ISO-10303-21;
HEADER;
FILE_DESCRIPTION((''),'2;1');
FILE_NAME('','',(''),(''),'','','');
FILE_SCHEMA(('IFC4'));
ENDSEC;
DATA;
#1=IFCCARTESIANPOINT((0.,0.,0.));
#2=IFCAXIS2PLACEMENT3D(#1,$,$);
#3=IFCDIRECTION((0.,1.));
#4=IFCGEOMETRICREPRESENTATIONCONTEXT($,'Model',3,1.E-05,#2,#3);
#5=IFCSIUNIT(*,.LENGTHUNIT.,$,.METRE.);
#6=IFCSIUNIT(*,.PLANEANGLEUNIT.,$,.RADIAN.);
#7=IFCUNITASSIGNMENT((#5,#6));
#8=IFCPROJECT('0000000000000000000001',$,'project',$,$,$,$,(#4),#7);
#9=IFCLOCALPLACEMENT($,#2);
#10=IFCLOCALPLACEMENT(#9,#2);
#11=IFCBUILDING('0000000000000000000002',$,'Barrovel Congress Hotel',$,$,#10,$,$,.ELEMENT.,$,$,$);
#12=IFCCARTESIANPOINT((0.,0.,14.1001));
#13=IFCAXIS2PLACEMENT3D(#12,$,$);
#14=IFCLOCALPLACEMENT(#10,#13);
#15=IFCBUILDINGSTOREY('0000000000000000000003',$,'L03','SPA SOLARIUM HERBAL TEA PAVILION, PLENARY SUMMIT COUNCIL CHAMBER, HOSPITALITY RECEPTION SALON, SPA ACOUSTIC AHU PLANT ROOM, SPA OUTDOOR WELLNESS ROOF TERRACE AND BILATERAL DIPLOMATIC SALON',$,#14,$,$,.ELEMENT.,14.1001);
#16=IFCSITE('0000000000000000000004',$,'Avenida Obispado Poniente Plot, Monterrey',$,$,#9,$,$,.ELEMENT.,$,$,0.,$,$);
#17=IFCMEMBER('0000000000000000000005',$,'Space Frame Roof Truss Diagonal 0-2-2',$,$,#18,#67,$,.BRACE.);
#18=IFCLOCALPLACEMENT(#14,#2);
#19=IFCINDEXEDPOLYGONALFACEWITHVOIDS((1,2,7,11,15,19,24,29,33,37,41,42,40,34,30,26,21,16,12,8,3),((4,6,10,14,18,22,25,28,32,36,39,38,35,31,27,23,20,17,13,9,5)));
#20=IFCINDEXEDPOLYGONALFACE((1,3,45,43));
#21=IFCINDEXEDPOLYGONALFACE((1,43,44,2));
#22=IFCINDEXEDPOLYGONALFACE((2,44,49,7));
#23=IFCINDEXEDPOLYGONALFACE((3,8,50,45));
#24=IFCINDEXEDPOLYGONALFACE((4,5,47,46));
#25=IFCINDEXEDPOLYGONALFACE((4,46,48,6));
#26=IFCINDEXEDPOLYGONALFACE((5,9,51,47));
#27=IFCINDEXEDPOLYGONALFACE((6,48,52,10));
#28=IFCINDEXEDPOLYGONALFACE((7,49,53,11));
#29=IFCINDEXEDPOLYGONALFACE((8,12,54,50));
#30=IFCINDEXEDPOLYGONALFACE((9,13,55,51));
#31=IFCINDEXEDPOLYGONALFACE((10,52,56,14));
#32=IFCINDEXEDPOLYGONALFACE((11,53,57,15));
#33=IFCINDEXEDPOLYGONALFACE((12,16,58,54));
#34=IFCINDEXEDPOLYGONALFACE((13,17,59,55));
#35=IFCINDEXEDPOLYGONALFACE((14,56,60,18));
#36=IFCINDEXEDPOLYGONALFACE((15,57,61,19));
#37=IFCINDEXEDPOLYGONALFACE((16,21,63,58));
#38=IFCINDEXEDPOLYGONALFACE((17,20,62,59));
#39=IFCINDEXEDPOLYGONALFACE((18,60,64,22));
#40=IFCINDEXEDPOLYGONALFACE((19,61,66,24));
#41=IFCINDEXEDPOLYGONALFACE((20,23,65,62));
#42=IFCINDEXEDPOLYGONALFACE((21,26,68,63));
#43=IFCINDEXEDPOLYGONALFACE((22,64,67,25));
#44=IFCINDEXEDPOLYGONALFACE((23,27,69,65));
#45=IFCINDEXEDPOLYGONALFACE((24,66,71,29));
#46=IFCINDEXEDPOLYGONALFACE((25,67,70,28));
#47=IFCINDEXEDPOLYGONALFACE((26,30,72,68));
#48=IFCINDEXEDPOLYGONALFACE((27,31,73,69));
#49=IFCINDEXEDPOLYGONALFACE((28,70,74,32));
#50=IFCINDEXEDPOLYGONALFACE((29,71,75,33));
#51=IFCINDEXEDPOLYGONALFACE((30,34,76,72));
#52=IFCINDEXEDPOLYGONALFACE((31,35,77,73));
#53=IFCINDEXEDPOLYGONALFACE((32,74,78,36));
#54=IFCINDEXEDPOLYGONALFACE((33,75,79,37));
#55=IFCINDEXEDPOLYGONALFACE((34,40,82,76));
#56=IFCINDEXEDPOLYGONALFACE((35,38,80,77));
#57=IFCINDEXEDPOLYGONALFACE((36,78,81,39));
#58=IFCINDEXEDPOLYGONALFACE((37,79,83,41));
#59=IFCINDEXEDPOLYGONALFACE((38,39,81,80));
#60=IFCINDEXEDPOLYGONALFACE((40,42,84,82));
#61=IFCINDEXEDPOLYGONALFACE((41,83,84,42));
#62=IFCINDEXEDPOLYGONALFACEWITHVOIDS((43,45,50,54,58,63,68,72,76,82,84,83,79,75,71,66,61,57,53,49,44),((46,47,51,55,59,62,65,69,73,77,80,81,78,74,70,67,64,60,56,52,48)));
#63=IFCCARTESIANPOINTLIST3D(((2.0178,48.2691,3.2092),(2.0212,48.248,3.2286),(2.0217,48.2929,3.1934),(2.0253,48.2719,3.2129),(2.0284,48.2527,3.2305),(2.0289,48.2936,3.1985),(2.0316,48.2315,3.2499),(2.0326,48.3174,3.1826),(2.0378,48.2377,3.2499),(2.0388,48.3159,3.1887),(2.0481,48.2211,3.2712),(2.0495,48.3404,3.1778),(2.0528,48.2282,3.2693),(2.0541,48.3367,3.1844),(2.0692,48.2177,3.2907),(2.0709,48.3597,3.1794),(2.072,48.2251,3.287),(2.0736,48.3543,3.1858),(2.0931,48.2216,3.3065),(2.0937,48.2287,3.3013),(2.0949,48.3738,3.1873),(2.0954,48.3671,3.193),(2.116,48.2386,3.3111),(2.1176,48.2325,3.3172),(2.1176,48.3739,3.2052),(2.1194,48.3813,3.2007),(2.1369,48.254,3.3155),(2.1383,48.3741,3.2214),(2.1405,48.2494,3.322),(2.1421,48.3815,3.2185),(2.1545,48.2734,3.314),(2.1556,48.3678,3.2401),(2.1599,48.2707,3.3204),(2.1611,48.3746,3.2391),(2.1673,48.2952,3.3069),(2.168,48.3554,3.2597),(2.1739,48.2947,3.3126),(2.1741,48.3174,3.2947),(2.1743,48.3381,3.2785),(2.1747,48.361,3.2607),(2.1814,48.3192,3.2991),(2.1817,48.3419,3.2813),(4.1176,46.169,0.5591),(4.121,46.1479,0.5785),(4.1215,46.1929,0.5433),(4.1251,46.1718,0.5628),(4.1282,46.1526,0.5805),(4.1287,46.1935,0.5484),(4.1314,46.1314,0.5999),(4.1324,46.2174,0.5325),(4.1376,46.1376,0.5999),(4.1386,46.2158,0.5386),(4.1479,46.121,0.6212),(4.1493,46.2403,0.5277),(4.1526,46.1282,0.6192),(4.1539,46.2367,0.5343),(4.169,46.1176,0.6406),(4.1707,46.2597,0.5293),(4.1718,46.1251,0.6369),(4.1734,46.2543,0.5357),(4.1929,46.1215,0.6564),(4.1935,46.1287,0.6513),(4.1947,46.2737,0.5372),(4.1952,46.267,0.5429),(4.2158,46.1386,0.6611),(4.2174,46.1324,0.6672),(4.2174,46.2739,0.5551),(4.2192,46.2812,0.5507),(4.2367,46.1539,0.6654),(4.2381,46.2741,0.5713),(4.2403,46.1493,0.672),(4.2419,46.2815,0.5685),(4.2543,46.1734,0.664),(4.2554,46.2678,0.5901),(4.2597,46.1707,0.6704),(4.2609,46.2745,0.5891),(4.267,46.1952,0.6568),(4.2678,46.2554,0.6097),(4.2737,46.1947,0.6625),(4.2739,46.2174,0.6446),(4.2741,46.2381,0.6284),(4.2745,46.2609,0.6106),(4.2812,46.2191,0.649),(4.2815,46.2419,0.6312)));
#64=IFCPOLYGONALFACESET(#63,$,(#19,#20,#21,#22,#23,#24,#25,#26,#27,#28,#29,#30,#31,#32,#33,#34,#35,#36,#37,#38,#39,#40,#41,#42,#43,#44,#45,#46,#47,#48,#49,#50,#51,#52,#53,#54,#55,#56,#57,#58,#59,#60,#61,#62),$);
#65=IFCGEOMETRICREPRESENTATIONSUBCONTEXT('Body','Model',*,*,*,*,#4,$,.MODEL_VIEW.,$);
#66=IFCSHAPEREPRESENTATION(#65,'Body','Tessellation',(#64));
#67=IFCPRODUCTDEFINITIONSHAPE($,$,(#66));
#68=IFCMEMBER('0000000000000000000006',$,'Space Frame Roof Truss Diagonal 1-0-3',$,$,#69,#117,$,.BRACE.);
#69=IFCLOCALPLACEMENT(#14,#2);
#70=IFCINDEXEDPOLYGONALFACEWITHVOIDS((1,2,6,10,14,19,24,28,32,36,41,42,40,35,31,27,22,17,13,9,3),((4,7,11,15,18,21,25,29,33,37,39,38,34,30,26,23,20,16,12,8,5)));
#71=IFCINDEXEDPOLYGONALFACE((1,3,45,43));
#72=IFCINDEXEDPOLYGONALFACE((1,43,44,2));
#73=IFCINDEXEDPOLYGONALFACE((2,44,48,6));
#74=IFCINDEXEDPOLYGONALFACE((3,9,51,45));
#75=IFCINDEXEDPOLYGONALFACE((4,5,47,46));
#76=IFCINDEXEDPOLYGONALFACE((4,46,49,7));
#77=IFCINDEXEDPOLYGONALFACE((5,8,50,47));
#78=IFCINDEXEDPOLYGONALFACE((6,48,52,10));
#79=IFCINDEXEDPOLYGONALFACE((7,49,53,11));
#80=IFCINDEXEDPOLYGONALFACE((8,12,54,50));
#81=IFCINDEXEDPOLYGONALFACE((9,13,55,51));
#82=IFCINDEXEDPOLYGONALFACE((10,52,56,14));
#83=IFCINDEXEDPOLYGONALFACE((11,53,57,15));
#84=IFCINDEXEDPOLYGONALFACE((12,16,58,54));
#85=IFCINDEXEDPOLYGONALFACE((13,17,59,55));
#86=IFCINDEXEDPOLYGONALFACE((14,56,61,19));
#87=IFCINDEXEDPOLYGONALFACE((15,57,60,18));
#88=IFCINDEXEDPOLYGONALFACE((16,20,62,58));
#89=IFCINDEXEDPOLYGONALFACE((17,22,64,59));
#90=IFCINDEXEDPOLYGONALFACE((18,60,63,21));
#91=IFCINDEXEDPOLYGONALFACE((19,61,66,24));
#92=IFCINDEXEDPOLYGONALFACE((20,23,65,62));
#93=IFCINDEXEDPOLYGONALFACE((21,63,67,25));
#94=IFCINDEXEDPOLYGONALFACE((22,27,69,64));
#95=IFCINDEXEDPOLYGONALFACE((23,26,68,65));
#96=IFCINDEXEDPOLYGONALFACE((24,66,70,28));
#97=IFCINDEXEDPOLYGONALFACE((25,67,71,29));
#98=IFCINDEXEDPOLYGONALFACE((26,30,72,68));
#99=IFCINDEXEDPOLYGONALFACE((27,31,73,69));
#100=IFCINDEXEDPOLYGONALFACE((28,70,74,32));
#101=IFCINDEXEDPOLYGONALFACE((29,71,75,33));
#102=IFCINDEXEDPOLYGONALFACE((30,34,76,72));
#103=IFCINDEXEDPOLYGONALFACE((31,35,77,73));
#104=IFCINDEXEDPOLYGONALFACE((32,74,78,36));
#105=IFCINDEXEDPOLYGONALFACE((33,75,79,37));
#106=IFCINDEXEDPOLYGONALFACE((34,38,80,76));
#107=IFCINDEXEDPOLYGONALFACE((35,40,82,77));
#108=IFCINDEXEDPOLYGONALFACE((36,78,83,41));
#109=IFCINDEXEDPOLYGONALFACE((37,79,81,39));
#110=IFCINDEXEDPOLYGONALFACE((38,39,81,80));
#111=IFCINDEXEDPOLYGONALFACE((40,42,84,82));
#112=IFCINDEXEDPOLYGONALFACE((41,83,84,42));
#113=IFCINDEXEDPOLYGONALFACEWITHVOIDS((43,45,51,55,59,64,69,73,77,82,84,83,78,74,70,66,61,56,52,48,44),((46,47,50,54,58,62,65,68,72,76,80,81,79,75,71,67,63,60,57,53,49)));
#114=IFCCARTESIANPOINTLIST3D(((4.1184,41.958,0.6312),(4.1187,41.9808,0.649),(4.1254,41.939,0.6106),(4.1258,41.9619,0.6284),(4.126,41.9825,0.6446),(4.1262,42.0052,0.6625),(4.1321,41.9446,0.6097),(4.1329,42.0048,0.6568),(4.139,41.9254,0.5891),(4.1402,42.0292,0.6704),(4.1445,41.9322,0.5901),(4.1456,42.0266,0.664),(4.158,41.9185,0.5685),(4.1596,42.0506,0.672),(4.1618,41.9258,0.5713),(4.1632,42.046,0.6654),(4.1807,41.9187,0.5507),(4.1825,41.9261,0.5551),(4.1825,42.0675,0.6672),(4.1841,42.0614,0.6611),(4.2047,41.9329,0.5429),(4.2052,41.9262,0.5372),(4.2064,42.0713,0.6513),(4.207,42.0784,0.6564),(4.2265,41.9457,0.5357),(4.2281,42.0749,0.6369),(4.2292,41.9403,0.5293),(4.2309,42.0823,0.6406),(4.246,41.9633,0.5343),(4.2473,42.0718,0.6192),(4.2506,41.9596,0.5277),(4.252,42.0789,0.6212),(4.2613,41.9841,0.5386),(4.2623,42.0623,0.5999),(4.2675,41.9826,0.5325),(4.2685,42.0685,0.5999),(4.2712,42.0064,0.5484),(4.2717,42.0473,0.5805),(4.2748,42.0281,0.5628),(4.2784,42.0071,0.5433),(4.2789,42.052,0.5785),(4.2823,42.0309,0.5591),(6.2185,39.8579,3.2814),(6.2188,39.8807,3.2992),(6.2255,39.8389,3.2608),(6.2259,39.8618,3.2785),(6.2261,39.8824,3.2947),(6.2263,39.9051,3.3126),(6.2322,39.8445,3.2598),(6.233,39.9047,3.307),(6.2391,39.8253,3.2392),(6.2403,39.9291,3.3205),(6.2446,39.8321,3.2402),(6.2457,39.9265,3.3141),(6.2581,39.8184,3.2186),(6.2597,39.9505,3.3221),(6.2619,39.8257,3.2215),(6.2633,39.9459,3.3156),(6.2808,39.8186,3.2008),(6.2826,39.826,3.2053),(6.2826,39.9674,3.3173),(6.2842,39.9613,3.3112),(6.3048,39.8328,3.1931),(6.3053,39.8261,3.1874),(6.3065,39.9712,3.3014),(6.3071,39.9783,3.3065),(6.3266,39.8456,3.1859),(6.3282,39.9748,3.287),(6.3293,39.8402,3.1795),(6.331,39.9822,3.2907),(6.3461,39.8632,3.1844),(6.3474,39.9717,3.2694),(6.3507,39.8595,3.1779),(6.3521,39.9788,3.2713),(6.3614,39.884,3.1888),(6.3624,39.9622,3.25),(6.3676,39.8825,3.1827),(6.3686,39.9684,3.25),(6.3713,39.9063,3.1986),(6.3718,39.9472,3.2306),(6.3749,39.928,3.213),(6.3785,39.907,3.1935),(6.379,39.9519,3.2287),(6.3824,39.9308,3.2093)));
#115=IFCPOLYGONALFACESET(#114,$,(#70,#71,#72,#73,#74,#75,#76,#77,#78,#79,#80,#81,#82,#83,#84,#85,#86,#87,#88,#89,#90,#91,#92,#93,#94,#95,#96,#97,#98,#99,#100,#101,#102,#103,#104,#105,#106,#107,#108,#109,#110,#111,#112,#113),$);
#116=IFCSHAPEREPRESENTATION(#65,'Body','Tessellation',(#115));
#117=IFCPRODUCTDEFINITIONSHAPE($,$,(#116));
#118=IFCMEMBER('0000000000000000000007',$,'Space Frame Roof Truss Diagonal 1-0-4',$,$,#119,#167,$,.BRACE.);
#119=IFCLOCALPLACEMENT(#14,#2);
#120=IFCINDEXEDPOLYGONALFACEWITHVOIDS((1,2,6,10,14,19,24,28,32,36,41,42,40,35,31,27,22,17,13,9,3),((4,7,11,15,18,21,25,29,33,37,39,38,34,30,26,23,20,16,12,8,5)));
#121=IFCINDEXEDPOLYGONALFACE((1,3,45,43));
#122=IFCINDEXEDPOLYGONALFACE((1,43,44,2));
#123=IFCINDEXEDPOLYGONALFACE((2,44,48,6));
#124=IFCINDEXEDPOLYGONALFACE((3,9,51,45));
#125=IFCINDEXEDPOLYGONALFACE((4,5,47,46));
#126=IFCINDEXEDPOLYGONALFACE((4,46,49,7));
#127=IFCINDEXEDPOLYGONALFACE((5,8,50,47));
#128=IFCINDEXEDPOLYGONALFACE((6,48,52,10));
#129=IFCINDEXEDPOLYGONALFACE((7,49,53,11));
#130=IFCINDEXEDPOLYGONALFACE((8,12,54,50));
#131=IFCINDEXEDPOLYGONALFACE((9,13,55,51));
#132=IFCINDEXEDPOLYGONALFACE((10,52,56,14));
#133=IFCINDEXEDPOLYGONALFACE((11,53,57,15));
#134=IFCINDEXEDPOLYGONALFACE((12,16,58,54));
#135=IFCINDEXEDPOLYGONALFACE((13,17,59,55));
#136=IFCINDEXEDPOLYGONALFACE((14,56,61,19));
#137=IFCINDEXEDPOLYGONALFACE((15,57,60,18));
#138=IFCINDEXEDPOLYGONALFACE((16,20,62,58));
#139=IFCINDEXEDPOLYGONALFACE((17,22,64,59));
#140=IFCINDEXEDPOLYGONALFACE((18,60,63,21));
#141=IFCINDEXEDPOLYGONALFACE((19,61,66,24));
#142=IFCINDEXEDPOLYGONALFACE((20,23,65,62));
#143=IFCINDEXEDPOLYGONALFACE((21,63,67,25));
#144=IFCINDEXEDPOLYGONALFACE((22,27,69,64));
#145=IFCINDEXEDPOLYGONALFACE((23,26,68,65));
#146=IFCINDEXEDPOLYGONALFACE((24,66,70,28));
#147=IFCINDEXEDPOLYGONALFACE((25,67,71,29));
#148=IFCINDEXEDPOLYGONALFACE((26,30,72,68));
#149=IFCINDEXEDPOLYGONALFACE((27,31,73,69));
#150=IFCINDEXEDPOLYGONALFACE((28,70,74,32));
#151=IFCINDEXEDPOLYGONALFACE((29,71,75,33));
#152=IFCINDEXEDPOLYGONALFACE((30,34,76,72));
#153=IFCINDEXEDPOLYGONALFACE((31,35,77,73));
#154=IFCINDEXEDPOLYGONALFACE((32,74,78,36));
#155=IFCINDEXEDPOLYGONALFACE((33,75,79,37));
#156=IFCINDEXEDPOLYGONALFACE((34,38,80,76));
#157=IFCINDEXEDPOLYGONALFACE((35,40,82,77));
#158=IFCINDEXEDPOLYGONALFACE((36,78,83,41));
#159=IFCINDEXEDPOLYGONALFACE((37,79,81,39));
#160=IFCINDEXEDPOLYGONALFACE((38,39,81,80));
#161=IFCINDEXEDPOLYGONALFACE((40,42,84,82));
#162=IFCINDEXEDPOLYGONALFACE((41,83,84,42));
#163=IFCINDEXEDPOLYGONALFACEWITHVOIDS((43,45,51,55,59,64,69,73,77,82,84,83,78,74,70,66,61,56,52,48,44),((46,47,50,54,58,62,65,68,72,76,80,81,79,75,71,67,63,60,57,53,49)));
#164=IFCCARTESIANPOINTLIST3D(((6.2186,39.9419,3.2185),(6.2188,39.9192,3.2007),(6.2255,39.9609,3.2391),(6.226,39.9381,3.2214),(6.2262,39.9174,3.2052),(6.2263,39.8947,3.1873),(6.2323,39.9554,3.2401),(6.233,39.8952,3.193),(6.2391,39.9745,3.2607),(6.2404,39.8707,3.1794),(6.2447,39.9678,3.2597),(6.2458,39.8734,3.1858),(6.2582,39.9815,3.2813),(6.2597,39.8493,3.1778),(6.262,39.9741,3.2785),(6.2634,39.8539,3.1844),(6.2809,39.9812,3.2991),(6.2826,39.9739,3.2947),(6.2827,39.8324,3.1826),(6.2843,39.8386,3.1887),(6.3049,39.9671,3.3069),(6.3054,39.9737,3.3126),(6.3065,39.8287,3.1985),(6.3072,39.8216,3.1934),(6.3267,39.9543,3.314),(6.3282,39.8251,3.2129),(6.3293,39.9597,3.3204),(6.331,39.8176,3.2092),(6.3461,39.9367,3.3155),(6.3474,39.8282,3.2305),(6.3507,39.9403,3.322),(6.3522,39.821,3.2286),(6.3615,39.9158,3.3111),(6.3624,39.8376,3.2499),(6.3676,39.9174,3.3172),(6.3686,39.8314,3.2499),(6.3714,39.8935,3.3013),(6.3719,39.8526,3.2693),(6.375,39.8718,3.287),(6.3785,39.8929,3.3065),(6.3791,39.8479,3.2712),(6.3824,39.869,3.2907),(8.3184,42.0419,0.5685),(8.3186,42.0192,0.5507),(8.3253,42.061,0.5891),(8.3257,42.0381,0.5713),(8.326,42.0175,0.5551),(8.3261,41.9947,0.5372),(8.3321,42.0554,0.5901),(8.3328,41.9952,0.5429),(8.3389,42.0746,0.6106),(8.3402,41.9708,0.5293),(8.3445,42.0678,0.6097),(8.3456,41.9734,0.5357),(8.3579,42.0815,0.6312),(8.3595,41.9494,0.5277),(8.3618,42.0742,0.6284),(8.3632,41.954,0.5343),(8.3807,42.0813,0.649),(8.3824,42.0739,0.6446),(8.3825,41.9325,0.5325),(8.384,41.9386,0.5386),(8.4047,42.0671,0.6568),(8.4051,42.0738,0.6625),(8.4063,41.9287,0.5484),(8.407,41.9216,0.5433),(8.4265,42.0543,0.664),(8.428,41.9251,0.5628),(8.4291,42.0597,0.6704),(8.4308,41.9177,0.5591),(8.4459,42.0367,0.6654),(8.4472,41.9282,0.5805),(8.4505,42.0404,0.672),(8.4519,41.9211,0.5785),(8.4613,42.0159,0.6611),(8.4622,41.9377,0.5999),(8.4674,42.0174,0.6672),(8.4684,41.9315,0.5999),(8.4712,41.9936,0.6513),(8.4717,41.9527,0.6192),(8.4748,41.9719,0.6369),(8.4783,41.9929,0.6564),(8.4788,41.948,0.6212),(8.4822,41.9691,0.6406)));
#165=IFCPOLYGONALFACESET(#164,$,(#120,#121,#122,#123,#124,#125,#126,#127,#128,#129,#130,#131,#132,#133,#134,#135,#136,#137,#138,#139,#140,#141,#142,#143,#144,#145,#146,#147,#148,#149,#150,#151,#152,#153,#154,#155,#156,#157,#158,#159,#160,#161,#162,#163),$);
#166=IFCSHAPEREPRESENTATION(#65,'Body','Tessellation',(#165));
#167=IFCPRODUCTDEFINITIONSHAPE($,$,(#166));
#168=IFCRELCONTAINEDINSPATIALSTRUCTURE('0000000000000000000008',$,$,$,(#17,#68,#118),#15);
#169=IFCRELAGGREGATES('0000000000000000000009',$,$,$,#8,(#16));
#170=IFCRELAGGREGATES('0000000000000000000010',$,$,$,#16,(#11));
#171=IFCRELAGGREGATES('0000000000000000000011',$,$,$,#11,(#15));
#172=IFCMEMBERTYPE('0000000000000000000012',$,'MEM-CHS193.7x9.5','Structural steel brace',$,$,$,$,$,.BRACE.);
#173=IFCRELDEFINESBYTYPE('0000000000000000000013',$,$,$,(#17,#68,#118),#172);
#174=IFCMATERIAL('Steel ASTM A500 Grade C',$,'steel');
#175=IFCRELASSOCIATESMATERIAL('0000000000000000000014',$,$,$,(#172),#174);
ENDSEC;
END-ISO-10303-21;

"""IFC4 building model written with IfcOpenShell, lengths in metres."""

from ifc_helpers import new_model, si_unit, direction, frame, origin, origin_2d, place, context, subcontext, project, spatial, hollow_circle, extrude, material, material_profile, profile_set, type_object, element, save


model = new_model("IFC4")

# Units and contexts
model_context = context("Model", 3, precision=1e-05, world=origin(), true_north=direction((0.0, 1.0)))
body_context = subcontext(model_context, "Body", "Model", "MODEL_VIEW")
ifc_project = project(units=[si_unit("LENGTHUNIT", "METRE"), si_unit("PLANEANGLEUNIT", "RADIAN")], contexts=[model_context])

# Site, building, storey
site_placement = place(None, origin())
site = spatial("IfcSite", under=ifc_project, at=site_placement, Name="Avenida Obispado Poniente Plot, Monterrey", CompositionType="ELEMENT", RefElevation=0.0)
building_placement = place(site_placement, origin())
building = spatial("IfcBuilding", under=site, at=building_placement, Name="Barrovel Congress Hotel", CompositionType="ELEMENT")
storey_placement = place(building_placement, frame((0.0, 0.0, 14.1001)))
storey = spatial("IfcBuildingStorey", under=building, at=storey_placement, Name="L03", Description="SPA SOLARIUM HERBAL TEA PAVILION, PLENARY SUMMIT COUNCIL CHAMBER, HOSPITALITY RECEPTION SALON, SPA ACOUSTIC AHU PLANT ROOM, SPA OUTDOOR WELLNESS ROOF TERRACE AND BILATERAL DIPLOMATIC SALON", CompositionType="ELEMENT", Elevation=14.1001)

# Members
ifc_material_1 = material(Name="Steel ASTM A500 Grade C", Category="steel")
ifc_material_profile_1 = material_profile(ifc_material_1, hollow_circle(Radius=0.0969, WallThickness=0.0088, at=origin_2d()), Name="CHS193.7x9.5")
ifc_profile_set_1 = profile_set([ifc_material_profile_1], Name="Steel ASTM A500 Grade C")
member_type_1 = type_object("IfcMemberType", Name="MEM-CHS193.7x9.5", Description="Structural steel brace", PredefinedType="BRACE", material=ifc_profile_set_1)
member_1_placement = place(storey_placement, frame((4.2, 46.2, 0.5999), z_axis=(-0.527557, 0.527618, 0.66581), x_axis=(-0.707148, -0.707066, 0.0)))
element("IfcMember", 1, at=member_1_placement, inside=storey, type_object=member_type_1, Name="Space Frame Roof Truss Diagonal 0-2-2", PredefinedType="BRACE", context=body_context, shape_type="SweptSolid", body=[
    extrude(hollow_circle(Radius=0.0969, WallThickness=0.0088, at=origin_2d()), origin(), (0.0, 0.0, 1.0), 3.9802),
])
member_2_placement = place(storey_placement, frame((4.2, 42.0, 0.5999), z_axis=(0.527601, -0.527601, 0.665788), x_axis=(0.707107, 0.707107, 0.0)))
element("IfcMember", 2, at=member_2_placement, inside=storey, type_object=member_type_1, Name="Space Frame Roof Truss Diagonal 1-0-3", PredefinedType="BRACE", context=body_context, shape_type="SweptSolid", body=[
    extrude(hollow_circle(Radius=0.0969, WallThickness=0.0088, at=origin_2d()), origin(), (0.0, 0.0, 1.0), 3.9805),
])
member_3_placement = place(storey_placement, frame((8.3999, 42.0, 0.5999), z_axis=(-0.527557, -0.527618, 0.66581), x_axis=(0.707148, -0.707066, 0.0)))
element("IfcMember", 3, at=member_3_placement, inside=storey, type_object=member_type_1, Name="Space Frame Roof Truss Diagonal 1-0-4", PredefinedType="BRACE", context=body_context, shape_type="SweptSolid", body=[
    extrude(hollow_circle(Radius=0.0969, WallThickness=0.0088, at=origin_2d()), origin(), (0.0, 0.0, 1.0), 3.9802),
])

save(model, "model.ifc")
